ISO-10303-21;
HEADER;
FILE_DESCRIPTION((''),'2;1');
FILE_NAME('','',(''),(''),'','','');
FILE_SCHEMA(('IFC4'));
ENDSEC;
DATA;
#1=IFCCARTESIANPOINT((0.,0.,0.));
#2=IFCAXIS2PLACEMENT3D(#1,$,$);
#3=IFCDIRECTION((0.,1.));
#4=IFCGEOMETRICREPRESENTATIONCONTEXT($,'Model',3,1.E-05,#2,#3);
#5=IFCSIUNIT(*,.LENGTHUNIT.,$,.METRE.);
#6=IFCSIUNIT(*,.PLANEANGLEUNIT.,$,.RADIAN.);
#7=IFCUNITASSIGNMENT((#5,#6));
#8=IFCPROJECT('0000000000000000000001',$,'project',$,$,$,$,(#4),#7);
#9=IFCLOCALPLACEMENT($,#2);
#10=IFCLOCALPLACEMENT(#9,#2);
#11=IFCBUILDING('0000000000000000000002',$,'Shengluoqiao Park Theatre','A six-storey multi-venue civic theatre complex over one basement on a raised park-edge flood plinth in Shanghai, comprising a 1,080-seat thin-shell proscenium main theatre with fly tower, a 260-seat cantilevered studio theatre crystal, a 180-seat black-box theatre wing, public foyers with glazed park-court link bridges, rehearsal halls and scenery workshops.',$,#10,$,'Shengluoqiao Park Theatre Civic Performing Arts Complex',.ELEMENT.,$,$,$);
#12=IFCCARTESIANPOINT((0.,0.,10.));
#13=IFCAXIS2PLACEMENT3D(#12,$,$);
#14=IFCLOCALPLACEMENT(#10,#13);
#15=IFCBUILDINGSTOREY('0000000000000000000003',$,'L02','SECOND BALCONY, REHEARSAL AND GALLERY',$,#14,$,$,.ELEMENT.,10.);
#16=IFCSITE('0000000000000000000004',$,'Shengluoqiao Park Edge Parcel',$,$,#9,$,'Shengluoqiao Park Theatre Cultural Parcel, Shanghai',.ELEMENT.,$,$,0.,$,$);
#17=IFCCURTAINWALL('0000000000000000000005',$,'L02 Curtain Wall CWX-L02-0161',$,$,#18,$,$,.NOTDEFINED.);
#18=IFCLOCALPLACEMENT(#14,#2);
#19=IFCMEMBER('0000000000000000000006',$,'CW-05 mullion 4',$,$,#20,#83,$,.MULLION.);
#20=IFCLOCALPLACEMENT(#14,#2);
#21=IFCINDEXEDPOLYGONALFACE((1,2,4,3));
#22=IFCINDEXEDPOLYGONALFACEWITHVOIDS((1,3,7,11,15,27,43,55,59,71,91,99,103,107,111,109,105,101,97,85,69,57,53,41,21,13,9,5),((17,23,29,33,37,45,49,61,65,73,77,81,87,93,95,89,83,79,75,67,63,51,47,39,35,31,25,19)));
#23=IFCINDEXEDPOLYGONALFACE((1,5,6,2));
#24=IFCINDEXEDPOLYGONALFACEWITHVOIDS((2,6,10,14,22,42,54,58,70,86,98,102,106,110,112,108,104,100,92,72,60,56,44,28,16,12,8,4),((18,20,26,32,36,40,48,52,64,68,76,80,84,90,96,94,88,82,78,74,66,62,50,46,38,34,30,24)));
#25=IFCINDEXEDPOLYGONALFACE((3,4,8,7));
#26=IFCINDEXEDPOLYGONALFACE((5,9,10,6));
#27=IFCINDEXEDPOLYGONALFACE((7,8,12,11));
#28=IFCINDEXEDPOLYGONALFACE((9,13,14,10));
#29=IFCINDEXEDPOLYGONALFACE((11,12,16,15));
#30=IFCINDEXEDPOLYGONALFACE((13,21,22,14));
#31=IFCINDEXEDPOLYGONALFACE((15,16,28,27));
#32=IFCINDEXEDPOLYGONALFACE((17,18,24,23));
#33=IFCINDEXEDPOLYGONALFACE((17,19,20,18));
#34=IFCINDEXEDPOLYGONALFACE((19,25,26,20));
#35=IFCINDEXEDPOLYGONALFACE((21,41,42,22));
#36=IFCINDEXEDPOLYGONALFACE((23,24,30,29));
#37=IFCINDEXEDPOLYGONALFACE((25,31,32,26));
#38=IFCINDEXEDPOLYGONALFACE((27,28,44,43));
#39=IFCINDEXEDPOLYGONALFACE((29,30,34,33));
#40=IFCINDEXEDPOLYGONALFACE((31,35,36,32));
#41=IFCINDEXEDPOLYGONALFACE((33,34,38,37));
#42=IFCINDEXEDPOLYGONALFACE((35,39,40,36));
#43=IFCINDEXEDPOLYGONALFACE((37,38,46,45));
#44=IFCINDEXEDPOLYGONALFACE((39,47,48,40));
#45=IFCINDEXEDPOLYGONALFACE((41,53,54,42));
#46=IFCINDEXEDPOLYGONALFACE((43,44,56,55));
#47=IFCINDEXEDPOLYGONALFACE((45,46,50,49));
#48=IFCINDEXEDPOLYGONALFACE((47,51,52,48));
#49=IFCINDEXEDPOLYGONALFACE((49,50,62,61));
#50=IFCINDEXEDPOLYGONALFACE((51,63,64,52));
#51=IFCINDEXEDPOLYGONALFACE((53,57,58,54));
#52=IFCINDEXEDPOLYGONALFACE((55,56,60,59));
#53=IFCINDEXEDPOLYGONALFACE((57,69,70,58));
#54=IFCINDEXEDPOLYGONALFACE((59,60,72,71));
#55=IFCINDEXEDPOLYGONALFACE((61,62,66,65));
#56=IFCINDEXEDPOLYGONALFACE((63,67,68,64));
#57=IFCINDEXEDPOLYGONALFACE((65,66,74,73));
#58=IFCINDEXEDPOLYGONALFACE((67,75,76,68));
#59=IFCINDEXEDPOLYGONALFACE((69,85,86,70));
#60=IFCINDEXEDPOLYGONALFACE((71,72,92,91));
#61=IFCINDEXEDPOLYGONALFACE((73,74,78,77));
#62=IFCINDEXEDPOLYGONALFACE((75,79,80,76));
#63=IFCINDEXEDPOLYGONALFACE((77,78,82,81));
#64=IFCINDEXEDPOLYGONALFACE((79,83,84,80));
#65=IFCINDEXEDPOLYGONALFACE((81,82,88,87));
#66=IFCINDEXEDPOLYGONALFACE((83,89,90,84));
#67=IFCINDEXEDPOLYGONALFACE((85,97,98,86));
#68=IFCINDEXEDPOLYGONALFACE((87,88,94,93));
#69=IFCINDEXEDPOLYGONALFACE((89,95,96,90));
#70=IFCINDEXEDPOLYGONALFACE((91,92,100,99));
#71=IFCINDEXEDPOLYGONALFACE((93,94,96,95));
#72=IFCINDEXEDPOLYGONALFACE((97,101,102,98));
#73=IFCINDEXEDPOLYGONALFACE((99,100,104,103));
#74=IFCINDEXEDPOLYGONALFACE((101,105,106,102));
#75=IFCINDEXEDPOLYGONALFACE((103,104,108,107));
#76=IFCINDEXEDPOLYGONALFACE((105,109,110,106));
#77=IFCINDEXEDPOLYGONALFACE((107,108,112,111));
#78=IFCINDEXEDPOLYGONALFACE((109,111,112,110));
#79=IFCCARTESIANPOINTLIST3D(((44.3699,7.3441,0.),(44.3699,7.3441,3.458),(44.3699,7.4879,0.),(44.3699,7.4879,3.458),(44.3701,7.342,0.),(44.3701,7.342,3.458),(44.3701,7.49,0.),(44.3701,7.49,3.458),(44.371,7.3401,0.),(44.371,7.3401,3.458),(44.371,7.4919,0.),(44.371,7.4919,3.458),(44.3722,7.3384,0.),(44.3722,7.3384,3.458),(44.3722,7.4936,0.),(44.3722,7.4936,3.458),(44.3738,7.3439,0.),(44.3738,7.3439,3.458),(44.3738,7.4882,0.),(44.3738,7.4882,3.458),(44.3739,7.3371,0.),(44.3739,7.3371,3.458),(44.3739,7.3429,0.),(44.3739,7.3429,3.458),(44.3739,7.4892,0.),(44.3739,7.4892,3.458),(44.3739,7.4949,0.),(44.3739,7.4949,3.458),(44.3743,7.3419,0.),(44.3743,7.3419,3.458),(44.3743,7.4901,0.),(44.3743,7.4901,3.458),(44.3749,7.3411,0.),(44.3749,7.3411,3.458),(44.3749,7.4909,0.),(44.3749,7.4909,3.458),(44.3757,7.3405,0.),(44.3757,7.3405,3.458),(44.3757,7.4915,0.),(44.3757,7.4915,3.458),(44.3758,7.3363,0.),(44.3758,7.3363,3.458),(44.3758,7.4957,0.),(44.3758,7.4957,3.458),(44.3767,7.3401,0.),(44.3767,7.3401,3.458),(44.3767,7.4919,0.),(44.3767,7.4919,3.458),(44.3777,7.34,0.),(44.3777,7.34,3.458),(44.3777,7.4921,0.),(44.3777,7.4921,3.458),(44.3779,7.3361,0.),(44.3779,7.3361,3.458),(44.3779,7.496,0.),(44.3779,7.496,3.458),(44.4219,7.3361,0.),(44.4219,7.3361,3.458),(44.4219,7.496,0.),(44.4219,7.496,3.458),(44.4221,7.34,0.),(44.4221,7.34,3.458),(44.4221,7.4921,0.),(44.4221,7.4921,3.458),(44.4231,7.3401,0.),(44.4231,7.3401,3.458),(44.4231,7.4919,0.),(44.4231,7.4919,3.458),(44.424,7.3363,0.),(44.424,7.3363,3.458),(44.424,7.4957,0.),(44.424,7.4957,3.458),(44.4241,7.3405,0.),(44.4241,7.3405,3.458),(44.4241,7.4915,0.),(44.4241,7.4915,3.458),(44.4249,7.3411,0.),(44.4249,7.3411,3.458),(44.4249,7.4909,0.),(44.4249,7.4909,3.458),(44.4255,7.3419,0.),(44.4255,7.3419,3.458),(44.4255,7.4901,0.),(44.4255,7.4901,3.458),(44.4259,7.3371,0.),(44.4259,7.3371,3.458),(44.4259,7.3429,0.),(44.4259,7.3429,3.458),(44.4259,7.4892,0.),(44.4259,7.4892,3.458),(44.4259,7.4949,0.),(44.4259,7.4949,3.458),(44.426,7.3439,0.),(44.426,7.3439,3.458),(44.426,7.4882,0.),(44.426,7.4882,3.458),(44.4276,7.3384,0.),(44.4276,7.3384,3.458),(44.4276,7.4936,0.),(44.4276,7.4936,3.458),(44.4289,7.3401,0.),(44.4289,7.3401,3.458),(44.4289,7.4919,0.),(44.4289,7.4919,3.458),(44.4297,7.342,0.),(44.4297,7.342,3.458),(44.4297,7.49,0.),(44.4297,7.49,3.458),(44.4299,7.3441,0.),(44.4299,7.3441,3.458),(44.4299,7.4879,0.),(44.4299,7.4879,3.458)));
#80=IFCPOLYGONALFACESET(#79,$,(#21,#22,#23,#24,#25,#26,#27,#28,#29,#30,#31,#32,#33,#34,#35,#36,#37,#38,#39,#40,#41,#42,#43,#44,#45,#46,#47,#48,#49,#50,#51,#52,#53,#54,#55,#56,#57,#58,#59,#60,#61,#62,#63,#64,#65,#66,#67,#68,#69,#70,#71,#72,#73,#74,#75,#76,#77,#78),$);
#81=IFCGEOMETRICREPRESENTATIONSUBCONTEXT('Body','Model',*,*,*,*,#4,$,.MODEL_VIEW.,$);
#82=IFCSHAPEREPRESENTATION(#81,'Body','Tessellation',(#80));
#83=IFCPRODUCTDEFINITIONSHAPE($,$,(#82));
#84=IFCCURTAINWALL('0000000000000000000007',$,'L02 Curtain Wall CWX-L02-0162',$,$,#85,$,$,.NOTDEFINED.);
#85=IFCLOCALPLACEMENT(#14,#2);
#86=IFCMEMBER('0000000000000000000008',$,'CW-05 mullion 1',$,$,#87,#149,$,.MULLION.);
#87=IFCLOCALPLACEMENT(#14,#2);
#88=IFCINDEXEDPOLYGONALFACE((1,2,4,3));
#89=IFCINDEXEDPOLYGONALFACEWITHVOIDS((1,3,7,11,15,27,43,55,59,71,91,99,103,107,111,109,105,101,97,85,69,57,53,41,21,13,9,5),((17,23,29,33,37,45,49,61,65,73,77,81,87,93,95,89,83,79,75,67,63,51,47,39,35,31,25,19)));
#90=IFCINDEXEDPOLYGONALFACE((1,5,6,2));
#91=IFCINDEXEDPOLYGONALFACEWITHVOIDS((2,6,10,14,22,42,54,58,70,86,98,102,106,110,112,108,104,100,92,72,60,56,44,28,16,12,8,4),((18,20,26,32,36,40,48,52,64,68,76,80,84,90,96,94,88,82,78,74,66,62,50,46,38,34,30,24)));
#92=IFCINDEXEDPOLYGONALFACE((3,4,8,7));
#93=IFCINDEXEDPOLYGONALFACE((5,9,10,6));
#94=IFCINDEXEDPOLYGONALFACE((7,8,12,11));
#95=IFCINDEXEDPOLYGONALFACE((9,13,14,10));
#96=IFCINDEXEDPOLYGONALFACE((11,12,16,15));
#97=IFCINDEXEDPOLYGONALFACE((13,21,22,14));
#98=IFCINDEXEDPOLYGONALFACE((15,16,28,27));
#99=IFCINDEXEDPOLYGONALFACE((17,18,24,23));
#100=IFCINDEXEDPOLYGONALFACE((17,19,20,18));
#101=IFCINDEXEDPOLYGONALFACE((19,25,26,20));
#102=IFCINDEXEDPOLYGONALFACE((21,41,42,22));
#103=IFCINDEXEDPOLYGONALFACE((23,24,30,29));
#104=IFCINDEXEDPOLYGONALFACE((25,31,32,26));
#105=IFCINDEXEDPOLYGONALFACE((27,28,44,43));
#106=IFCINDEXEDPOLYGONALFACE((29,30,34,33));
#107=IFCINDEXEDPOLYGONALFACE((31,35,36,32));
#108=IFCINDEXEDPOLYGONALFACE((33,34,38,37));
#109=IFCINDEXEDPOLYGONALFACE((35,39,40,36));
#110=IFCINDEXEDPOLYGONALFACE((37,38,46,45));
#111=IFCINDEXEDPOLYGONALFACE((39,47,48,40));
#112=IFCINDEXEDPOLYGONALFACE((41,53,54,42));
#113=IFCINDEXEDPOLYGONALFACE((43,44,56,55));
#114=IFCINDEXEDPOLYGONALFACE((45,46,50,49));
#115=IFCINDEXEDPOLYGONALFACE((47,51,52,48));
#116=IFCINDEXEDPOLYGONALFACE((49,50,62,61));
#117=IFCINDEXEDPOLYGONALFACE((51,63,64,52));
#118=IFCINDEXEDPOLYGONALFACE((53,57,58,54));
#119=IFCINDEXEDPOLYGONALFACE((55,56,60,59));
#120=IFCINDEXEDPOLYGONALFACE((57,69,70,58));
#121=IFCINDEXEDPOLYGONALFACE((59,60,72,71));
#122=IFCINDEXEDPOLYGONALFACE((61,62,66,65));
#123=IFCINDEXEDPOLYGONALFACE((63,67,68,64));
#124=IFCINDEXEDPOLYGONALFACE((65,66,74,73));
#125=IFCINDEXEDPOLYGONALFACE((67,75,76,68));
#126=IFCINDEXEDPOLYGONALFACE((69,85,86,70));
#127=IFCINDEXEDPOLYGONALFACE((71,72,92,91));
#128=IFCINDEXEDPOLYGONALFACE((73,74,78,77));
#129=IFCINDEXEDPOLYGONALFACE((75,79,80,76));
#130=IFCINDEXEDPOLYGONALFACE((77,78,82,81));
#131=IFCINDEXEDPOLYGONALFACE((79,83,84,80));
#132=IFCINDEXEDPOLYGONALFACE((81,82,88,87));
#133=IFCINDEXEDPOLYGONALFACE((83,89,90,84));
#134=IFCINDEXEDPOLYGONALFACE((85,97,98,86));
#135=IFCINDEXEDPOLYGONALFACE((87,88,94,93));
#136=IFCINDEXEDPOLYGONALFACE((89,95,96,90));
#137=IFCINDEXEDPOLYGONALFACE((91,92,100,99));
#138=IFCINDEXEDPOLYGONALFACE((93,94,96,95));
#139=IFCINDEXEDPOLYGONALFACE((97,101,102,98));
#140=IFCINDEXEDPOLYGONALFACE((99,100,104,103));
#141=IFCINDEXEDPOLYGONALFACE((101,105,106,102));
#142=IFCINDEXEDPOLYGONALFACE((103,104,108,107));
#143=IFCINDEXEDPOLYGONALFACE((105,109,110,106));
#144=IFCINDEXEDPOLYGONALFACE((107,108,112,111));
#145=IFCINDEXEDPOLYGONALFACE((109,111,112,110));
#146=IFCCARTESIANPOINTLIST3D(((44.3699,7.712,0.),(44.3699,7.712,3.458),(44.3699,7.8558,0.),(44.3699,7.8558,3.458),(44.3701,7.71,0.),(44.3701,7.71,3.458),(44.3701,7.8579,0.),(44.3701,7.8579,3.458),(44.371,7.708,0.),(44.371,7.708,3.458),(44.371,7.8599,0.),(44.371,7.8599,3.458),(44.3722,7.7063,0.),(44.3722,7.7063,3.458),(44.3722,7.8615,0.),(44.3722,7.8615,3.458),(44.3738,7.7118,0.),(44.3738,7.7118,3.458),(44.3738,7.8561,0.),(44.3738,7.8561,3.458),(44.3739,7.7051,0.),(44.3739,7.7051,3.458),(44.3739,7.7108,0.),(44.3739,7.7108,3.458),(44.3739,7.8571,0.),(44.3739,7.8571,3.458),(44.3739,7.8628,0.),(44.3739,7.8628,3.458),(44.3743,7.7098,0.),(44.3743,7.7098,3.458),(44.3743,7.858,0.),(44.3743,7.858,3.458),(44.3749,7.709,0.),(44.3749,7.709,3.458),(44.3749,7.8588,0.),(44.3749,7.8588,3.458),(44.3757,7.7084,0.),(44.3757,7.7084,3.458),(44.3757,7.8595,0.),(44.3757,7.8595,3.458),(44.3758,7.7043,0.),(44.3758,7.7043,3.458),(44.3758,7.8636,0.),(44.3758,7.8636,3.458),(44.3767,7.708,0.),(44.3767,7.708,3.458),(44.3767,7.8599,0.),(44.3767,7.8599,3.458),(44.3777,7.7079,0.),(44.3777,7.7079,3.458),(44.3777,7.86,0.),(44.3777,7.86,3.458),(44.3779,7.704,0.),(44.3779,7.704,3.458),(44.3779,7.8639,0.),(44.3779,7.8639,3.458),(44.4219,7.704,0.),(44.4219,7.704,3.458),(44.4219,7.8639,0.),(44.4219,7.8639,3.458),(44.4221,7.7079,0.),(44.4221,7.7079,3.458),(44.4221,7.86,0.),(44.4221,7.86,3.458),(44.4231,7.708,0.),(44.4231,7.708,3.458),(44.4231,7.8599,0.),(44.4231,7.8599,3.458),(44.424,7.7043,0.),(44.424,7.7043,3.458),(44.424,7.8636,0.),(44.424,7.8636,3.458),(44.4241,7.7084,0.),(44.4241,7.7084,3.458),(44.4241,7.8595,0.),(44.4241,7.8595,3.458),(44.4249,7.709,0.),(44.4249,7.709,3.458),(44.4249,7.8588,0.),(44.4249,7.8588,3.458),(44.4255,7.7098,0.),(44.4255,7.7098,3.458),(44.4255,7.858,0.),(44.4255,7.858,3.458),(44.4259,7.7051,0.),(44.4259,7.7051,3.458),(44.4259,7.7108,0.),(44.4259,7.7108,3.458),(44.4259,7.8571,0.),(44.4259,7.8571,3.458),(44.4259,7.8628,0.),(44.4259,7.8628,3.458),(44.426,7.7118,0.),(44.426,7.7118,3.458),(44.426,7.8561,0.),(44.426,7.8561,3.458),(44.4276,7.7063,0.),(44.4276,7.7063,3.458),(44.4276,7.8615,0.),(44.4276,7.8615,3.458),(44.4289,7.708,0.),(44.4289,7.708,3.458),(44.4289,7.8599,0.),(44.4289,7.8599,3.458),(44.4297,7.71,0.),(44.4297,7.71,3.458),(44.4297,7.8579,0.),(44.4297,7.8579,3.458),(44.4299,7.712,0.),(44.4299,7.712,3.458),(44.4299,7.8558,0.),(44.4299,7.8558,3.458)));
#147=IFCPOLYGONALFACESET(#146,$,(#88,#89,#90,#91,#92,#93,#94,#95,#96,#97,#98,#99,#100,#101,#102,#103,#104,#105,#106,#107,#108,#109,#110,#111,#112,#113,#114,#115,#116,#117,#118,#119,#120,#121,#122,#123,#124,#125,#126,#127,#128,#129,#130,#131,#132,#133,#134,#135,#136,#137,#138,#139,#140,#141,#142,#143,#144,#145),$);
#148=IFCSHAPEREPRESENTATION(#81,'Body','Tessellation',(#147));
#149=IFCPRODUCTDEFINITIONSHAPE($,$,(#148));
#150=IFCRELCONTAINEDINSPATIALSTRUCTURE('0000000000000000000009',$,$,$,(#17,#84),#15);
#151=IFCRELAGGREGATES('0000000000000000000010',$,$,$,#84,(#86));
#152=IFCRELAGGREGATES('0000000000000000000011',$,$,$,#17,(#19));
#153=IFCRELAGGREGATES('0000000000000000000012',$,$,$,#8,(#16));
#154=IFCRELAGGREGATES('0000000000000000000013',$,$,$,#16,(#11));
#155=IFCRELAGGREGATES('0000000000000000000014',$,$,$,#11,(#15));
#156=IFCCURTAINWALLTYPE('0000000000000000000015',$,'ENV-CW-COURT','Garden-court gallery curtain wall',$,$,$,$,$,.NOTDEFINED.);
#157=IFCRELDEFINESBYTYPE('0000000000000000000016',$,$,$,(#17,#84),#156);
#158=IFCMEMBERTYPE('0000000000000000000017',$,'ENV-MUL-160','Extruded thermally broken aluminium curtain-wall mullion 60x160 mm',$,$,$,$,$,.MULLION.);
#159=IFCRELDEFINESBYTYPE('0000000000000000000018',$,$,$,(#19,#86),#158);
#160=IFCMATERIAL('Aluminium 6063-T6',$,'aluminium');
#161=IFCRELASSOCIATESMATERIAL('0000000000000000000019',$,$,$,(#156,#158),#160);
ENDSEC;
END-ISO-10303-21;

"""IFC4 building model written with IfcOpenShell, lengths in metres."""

from ifc_helpers import new_model, si_unit, direction, frame, origin, origin_2d, place, context, subcontext, project, spatial, hollow_rectangle, extrude, material, material_profile, profile_set, type_object, element, aggregate, save


model = new_model("IFC4")

# Units and contexts
model_context = context("Model", 3, precision=1e-05, world=origin(), true_north=direction((0.0, 1.0)))
body_context = subcontext(model_context, "Body", "Model", "MODEL_VIEW")
ifc_project = project(units=[si_unit("LENGTHUNIT", "METRE"), si_unit("PLANEANGLEUNIT", "RADIAN")], contexts=[model_context])

# Site, building, storey
site_placement = place(None, origin())
site = spatial("IfcSite", under=ifc_project, at=site_placement, Name="Shengluoqiao Park Edge Parcel", LongName="Shengluoqiao Park Theatre Cultural Parcel, Shanghai", CompositionType="ELEMENT", RefElevation=0.0)
building_placement = place(site_placement, origin())
building = spatial("IfcBuilding", under=site, at=building_placement, Name="Shengluoqiao Park Theatre", Description="A six-storey multi-venue civic theatre complex over one basement on a raised park-edge flood plinth in Shanghai, comprising a 1,080-seat thin-shell proscenium main theatre with fly tower, a 260-seat cantilevered studio theatre crystal, a 180-seat black-box theatre wing, public foyers with glazed park-court link bridges, rehearsal halls and scenery workshops.", LongName="Shengluoqiao Park Theatre Civic Performing Arts Complex", CompositionType="ELEMENT")
storey_placement = place(building_placement, frame((0.0, 0.0, 10.0)))
storey = spatial("IfcBuildingStorey", under=building, at=storey_placement, Name="L02", Description="SECOND BALCONY, REHEARSAL AND GALLERY", CompositionType="ELEMENT", Elevation=10.0)

# Curtain wall, member
ifc_material_1 = material(Name="Aluminium 6063-T6", Category="aluminium")
curtain_wall_type = type_object("IfcCurtainWallType", Name="ENV-CW-COURT", Description="Garden-court gallery curtain wall", PredefinedType="NOTDEFINED", material=ifc_material_1)
curtain_wall_1_placement = place(storey_placement, origin())
curtain_wall_1 = element("IfcCurtainWall", 1, at=curtain_wall_1_placement, inside=storey, type_object=curtain_wall_type, Name="L02 Curtain Wall CWX-L02-0161", PredefinedType="NOTDEFINED")
ifc_material_profile_1 = material_profile(ifc_material_1, hollow_rectangle(XDim=0.0601, YDim=0.1599, WallThickness=0.0039, InnerFilletRadius=0.0039, OuterFilletRadius=0.0081, at=origin_2d()), Name="ALU MULLION 160x60x4")
ifc_profile_set_1 = profile_set([ifc_material_profile_1], Name="Aluminium 6063-T6")
member_type_1 = type_object("IfcMemberType", Name="ENV-MUL-160", Description="Extruded thermally broken aluminium curtain-wall mullion 60x160 mm", PredefinedType="MULLION", material=ifc_profile_set_1)
member_1_placement = place(storey_placement, frame((44.3999, 7.416, 0.0), z_axis=(0.0, 0.0, 1.0), x_axis=(-1.0, 0.0, 0.0)))
member_1 = element("IfcMember", 2, at=member_1_placement, type_object=member_type_1, Name="CW-05 mullion 4", PredefinedType="MULLION", context=body_context, shape_type="SweptSolid", body=[
    extrude(hollow_rectangle(XDim=0.0601, YDim=0.1599, WallThickness=0.0039, InnerFilletRadius=0.0039, OuterFilletRadius=0.0081, at=origin_2d()), origin(), (0.0, 0.0, 1.0), 3.458),
])

# Curtain wall, member
curtain_wall_2_placement = place(storey_placement, origin())
curtain_wall_2 = element("IfcCurtainWall", 3, at=curtain_wall_2_placement, inside=storey, type_object=curtain_wall_type, Name="L02 Curtain Wall CWX-L02-0162", PredefinedType="NOTDEFINED")
member_2_placement = place(storey_placement, frame((44.3999, 7.7839, 0.0), z_axis=(0.0, 0.0, 1.0), x_axis=(-1.0, 0.0, 0.0)))
member_2 = element("IfcMember", 4, at=member_2_placement, type_object=member_type_1, Name="CW-05 mullion 1", PredefinedType="MULLION", context=body_context, shape_type="SweptSolid", body=[
    extrude(hollow_rectangle(XDim=0.0601, YDim=0.1599, WallThickness=0.0039, InnerFilletRadius=0.0039, OuterFilletRadius=0.0081, at=origin_2d()), origin(), (0.0, 0.0, 1.0), 3.458),
])

aggregate(curtain_wall_2, [member_2])

aggregate(curtain_wall_1, [member_1])

save(model, "model.ifc")
